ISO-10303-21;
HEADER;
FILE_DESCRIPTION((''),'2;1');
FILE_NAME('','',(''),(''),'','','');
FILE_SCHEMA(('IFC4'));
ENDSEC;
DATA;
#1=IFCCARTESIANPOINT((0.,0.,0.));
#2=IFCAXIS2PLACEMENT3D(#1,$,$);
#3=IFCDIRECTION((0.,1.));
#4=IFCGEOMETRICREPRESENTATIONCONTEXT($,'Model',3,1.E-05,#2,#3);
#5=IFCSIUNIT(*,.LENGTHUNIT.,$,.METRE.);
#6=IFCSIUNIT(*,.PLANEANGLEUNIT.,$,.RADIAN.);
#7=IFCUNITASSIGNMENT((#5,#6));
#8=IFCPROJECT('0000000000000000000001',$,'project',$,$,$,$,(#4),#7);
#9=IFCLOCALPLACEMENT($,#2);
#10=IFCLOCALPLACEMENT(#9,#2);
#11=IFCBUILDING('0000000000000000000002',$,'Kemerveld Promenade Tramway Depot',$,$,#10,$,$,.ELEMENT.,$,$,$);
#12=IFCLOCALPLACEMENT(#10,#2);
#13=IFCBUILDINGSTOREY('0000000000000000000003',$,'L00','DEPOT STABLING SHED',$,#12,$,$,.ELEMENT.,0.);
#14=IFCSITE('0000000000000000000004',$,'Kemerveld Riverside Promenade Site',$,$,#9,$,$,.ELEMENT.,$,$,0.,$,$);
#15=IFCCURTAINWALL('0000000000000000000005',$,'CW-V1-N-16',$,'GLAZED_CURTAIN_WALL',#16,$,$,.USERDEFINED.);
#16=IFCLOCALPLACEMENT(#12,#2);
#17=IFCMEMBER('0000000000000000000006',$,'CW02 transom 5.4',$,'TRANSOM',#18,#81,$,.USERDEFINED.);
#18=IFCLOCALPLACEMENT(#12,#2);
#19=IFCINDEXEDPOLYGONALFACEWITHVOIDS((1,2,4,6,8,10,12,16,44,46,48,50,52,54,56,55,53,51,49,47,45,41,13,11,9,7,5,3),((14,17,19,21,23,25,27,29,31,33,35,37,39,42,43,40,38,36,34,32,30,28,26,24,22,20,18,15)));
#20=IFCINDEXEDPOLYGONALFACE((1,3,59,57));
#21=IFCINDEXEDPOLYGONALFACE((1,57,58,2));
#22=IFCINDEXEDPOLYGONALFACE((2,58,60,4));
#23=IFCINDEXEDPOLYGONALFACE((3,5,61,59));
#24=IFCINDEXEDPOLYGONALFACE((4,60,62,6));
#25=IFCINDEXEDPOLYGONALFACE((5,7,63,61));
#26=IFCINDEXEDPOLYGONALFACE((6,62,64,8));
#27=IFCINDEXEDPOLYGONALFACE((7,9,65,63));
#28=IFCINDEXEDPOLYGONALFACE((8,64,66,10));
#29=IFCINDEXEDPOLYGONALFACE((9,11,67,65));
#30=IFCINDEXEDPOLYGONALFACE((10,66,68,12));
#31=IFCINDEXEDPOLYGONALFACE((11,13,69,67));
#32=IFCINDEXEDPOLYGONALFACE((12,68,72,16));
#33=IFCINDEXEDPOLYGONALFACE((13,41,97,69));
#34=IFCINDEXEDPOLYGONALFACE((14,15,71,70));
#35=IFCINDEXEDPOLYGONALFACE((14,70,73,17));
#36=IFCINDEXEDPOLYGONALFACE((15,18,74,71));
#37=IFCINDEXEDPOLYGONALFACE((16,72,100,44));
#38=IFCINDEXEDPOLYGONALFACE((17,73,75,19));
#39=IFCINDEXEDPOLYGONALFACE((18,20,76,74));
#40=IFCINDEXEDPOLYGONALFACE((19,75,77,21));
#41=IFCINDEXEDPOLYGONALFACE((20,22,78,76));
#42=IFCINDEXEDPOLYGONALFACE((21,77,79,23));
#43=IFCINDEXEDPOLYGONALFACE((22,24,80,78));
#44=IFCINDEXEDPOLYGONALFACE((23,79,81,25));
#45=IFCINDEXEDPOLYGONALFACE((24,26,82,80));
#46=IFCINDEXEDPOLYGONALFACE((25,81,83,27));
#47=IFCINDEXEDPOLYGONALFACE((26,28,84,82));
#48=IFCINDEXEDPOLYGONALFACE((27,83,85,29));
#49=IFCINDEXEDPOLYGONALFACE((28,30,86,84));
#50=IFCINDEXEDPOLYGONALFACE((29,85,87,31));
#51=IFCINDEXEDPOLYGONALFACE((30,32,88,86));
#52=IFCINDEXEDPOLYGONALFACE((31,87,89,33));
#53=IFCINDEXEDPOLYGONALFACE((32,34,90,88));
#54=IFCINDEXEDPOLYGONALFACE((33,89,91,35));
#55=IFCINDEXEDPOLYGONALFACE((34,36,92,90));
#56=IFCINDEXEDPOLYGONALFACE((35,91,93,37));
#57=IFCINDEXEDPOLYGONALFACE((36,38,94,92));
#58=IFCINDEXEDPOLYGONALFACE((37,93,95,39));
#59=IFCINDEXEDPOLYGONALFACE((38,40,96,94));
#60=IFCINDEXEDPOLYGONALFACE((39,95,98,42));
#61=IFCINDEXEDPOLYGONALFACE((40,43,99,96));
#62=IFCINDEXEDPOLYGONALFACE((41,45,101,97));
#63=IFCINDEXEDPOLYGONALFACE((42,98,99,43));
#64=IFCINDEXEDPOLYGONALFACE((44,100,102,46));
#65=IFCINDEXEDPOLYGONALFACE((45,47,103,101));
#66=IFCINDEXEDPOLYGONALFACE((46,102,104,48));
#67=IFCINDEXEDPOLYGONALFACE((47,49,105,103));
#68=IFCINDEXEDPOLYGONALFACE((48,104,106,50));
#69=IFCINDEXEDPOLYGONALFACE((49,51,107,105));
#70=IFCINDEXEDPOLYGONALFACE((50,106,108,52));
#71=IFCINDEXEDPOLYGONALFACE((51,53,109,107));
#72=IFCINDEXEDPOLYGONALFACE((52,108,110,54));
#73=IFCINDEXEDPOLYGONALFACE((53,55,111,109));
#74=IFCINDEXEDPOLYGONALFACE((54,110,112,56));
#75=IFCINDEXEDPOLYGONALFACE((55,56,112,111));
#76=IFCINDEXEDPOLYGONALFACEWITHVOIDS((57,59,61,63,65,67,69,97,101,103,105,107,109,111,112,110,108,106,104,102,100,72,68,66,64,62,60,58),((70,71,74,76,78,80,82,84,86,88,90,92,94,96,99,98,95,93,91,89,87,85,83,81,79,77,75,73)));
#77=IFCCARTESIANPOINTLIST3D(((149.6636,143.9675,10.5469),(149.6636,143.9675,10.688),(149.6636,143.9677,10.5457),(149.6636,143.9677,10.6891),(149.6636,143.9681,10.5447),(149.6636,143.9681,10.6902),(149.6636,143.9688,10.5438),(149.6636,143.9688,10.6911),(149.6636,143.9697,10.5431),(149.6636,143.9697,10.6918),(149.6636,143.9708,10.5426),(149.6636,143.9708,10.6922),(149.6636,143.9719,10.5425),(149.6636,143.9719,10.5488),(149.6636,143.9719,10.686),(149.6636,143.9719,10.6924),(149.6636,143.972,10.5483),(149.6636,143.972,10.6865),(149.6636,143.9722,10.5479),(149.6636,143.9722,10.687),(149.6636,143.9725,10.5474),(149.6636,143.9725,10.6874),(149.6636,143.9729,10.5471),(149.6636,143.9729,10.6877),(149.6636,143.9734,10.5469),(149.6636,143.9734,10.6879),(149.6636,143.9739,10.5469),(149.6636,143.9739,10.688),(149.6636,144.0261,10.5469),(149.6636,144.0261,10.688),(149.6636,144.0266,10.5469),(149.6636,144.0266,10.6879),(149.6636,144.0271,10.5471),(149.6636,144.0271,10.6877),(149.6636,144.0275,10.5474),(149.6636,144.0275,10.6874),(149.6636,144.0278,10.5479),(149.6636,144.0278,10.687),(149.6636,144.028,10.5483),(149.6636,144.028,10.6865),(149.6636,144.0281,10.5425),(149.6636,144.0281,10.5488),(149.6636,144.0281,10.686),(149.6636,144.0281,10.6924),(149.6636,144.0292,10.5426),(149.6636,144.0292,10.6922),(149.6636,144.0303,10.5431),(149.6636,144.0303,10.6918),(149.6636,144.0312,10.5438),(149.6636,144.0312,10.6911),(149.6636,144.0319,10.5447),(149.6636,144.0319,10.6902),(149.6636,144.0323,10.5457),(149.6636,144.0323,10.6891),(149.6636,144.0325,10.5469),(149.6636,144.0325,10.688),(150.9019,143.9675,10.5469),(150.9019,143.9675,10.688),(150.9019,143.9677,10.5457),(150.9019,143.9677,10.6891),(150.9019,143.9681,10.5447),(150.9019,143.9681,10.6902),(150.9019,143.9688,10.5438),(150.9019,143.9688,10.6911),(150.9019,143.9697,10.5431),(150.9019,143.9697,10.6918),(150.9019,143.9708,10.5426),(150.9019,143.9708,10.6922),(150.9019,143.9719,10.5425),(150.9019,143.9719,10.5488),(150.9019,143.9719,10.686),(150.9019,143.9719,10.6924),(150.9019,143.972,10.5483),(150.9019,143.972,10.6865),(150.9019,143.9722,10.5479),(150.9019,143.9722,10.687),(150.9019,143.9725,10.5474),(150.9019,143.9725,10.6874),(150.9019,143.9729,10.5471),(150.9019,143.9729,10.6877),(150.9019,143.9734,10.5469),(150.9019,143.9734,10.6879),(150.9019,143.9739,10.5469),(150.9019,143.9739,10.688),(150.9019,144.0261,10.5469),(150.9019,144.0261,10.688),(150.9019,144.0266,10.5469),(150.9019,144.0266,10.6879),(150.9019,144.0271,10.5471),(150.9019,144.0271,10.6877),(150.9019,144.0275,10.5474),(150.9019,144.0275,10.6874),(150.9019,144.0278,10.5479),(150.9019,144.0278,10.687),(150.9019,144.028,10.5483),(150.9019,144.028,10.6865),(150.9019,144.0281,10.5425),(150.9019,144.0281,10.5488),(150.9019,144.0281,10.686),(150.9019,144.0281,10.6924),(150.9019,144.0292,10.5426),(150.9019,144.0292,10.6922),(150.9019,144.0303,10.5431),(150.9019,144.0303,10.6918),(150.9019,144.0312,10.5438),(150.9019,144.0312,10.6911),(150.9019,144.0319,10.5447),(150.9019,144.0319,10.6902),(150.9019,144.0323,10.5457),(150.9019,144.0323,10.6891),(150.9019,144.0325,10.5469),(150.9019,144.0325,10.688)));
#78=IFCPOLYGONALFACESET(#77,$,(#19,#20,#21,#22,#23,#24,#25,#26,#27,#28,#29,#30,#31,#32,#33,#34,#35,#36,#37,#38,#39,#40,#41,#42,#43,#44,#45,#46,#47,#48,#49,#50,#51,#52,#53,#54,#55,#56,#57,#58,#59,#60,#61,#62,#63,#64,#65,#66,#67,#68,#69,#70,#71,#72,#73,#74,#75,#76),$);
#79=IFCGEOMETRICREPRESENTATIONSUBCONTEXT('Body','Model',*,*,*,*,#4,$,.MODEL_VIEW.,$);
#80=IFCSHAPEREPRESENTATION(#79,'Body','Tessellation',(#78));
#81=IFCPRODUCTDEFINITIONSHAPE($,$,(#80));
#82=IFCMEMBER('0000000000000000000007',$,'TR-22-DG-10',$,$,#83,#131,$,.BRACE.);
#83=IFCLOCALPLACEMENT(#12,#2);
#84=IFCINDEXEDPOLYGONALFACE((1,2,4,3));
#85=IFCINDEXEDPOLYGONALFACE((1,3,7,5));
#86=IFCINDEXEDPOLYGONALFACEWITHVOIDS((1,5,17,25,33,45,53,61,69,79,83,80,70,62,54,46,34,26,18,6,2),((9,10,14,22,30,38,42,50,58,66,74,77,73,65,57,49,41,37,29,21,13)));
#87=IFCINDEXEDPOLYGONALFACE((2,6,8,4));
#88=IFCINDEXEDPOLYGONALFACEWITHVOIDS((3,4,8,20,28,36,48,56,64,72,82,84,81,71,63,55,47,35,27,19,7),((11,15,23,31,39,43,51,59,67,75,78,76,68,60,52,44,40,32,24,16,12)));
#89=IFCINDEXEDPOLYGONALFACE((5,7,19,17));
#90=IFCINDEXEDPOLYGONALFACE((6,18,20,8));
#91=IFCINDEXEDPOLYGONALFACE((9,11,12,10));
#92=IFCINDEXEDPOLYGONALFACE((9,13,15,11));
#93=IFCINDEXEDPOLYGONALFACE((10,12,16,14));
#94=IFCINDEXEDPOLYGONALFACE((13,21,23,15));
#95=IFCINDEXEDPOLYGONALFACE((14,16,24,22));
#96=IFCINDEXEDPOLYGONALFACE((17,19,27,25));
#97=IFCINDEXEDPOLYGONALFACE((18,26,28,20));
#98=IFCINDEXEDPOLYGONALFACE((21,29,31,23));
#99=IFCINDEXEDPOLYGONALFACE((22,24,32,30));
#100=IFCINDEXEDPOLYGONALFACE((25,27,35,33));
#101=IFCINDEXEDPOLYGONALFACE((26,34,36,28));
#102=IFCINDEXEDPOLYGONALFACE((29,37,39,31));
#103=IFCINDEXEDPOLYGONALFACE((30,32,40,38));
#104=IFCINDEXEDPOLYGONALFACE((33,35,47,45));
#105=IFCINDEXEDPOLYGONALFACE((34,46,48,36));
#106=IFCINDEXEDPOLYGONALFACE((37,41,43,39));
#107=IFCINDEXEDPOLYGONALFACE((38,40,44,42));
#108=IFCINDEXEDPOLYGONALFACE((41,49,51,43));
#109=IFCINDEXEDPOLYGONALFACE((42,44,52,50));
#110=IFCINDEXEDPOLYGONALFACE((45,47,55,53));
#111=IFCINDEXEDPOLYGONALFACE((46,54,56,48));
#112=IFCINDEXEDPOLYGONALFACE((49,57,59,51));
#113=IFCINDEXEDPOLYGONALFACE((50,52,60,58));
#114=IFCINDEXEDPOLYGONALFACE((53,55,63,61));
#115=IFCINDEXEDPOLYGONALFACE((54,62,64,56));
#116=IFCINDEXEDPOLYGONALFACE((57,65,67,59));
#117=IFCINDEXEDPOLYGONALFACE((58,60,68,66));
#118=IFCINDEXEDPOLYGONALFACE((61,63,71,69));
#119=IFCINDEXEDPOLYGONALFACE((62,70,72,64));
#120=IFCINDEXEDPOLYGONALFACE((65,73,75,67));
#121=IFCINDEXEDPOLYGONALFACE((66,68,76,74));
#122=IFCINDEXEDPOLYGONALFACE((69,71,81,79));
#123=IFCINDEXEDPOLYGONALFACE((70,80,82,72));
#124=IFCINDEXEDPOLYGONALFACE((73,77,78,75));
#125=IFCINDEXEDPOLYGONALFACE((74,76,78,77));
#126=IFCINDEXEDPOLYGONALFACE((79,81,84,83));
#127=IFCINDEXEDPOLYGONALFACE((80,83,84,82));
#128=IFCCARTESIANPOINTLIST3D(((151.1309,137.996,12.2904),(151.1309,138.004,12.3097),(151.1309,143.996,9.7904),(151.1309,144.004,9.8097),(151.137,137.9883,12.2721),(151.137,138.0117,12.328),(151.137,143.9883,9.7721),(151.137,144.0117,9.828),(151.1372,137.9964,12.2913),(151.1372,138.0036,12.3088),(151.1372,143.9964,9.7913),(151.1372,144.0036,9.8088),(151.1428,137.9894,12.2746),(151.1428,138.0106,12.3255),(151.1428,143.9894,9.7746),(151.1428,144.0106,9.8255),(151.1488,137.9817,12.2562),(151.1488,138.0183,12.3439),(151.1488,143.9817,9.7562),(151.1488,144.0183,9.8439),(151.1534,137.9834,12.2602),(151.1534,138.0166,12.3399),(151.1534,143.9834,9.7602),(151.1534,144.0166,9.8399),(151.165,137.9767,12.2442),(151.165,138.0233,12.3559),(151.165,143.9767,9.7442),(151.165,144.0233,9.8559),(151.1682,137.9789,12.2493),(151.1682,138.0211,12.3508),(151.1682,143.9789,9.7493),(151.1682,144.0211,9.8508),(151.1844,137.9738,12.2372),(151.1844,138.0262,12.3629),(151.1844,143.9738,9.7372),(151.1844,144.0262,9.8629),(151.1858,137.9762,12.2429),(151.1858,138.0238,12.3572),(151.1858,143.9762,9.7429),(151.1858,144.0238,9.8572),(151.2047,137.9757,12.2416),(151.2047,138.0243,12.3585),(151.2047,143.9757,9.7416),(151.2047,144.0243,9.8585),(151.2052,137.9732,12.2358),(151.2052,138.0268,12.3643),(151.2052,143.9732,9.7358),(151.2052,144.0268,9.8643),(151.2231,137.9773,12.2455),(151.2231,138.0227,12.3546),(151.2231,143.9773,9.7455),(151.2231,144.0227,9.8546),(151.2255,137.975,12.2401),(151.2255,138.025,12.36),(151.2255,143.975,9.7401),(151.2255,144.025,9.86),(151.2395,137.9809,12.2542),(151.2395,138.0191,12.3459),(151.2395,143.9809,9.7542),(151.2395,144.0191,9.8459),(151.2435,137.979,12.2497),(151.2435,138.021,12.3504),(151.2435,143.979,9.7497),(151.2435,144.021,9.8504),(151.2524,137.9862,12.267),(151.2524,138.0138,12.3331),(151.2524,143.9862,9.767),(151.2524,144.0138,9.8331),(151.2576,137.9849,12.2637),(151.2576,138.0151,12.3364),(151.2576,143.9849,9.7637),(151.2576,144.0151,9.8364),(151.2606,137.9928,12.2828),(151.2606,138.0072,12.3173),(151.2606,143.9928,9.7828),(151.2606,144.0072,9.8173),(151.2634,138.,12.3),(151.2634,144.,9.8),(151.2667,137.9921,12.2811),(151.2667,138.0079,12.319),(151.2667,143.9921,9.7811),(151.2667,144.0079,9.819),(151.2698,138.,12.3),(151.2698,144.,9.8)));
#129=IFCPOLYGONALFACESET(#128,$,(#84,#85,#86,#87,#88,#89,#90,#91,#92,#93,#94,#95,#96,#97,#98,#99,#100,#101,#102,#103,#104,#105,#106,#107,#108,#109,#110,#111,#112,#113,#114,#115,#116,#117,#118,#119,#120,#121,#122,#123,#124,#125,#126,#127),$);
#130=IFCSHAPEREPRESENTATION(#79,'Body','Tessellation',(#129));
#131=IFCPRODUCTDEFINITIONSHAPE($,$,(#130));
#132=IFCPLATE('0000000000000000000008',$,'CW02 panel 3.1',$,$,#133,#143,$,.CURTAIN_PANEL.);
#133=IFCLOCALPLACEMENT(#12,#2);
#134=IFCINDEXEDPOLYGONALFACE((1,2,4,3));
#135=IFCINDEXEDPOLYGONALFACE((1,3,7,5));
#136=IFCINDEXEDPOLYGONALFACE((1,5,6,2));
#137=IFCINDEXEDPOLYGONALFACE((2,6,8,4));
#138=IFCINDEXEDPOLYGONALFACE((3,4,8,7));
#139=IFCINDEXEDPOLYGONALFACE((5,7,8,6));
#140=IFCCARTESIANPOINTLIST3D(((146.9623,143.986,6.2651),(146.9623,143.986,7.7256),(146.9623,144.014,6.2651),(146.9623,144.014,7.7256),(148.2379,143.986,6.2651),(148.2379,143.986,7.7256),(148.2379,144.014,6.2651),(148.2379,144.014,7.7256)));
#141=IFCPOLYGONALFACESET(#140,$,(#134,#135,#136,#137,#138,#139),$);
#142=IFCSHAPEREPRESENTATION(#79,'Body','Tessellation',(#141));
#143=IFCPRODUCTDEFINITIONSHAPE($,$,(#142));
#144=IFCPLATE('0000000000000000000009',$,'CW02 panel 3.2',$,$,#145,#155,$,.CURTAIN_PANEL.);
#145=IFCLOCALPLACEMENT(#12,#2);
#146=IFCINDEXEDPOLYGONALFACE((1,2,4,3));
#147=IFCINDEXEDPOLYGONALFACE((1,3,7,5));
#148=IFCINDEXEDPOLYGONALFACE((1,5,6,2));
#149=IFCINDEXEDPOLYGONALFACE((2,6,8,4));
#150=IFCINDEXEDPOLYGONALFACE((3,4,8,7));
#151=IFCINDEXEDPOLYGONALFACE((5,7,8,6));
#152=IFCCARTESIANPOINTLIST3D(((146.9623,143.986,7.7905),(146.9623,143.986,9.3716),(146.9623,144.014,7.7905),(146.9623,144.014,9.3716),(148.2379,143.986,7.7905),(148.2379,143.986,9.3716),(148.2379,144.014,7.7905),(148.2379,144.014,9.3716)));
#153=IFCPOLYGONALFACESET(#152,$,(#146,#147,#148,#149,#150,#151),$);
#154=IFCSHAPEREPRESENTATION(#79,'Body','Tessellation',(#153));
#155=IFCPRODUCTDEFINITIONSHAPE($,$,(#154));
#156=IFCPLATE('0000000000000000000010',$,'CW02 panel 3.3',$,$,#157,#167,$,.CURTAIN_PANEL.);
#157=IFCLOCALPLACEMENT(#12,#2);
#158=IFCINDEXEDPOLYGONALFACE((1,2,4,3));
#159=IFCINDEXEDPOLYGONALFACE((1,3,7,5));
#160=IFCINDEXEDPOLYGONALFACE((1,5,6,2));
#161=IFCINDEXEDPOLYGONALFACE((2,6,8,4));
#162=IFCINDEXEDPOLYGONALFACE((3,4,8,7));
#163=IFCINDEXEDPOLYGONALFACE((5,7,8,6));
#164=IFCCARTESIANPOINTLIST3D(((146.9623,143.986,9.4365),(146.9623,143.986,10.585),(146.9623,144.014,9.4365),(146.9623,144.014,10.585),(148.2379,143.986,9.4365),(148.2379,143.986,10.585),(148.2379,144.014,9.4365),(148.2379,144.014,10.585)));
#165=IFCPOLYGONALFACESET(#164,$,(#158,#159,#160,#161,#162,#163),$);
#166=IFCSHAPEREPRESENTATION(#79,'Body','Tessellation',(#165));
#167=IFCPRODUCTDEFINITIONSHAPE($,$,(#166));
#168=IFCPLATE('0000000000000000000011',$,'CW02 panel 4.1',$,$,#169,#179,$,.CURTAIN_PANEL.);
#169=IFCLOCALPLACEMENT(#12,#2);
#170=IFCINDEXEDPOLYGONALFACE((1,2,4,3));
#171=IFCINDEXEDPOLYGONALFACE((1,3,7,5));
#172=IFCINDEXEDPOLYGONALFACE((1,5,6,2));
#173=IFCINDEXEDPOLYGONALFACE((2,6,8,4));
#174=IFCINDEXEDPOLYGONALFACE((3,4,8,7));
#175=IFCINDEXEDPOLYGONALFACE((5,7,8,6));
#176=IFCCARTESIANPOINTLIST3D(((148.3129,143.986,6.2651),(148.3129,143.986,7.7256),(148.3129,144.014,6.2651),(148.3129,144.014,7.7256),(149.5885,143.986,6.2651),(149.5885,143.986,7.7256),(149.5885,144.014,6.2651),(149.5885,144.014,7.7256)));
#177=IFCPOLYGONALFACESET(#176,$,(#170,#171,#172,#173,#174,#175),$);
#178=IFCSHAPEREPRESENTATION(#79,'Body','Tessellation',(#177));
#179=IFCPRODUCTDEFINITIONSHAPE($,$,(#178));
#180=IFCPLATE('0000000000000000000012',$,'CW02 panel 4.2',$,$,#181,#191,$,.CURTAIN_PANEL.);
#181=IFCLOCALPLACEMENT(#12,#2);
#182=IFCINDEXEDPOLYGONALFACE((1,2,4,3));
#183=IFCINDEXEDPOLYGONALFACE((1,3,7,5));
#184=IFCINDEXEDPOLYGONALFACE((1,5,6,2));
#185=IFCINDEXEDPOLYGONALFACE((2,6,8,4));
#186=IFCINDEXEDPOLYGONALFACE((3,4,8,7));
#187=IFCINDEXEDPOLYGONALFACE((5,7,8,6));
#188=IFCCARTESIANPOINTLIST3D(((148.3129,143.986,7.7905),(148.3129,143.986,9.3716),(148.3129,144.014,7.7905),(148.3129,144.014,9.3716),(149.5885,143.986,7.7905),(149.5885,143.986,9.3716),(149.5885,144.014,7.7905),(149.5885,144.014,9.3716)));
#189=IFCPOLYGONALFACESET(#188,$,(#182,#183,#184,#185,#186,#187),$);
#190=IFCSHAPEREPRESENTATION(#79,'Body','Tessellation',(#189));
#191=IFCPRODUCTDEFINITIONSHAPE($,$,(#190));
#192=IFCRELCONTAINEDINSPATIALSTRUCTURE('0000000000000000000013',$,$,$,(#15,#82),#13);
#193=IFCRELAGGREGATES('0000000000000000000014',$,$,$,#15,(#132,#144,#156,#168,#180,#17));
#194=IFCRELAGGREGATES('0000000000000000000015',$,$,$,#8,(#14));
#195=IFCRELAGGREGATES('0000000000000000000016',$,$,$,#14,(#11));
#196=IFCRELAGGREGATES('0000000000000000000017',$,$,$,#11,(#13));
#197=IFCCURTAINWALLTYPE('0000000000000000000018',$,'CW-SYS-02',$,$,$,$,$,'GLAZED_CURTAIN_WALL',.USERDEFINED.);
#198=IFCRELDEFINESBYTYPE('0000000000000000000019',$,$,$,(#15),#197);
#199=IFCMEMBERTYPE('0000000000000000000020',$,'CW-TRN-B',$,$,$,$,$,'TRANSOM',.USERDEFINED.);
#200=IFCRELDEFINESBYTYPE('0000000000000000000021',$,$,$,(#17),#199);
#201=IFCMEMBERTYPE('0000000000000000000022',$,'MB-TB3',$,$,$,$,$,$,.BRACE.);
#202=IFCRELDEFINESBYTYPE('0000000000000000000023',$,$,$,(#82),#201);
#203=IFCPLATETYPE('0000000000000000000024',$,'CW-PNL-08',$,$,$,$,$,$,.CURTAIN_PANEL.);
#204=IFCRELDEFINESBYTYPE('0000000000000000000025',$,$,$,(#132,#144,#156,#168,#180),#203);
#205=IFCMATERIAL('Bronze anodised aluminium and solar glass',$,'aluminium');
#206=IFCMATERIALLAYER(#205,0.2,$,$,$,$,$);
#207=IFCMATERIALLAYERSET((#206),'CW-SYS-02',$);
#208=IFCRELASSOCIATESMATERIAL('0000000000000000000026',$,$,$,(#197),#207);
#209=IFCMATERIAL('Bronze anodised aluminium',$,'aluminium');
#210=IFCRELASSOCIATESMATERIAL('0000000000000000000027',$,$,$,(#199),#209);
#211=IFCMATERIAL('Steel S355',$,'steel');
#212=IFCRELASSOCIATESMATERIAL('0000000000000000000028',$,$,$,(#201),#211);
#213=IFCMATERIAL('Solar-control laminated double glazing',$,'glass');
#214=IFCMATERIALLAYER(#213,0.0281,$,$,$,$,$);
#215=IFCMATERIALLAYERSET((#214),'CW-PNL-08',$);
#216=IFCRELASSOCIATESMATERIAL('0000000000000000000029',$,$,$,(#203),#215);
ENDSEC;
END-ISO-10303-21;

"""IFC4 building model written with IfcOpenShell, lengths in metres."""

from ifc_helpers import new_model, si_unit, direction, frame, origin, origin_2d, place, context, subcontext, project, spatial, rectangle, hollow_rectangle, hollow_circle, extrude, material, layer, layer_set, material_profile, profile_set, type_object, element, aggregate, save


model = new_model("IFC4")

# Units and contexts
model_context = context("Model", 3, precision=1e-05, world=origin(), true_north=direction((0.0, 1.0)))
body_context = subcontext(model_context, "Body", "Model", "MODEL_VIEW")
ifc_project = project(units=[si_unit("LENGTHUNIT", "METRE"), si_unit("PLANEANGLEUNIT", "RADIAN")], contexts=[model_context])

# Site, building, storey
site_placement = place(None, origin())
site = spatial("IfcSite", under=ifc_project, at=site_placement, Name="Kemerveld Riverside Promenade Site", CompositionType="ELEMENT", RefElevation=0.0)
building_placement = place(site_placement, origin())
building = spatial("IfcBuilding", under=site, at=building_placement, Name="Kemerveld Promenade Tramway Depot", CompositionType="ELEMENT")
storey_placement = place(building_placement, origin())
storey = spatial("IfcBuildingStorey", under=building, at=storey_placement, Name="L00", Description="DEPOT STABLING SHED", CompositionType="ELEMENT", Elevation=0.0)

# Shared definitions
ifc_material_1 = material(Name="Steel S355", Category="steel")

# Curtain wall, member
ifc_material_2 = material(Name="Bronze anodised aluminium and solar glass", Category="aluminium")
ifc_layer_1 = layer(ifc_material_2, 0.2)
ifc_layer_set_1 = layer_set([ifc_layer_1], Name="CW-SYS-02")
curtain_wall_type = type_object("IfcCurtainWallType", Name="CW-SYS-02", ElementType="GLAZED_CURTAIN_WALL", PredefinedType="USERDEFINED", material=ifc_layer_set_1)
curtain_wall_placement = place(storey_placement, origin())
curtain_wall = element("IfcCurtainWall", 1, at=curtain_wall_placement, inside=storey, type_object=curtain_wall_type, Name="CW-V1-N-16", ObjectType="GLAZED_CURTAIN_WALL", PredefinedType="USERDEFINED")
ifc_material_3 = material(Name="Bronze anodised aluminium", Category="aluminium")
ifc_material_profile_1 = material_profile(ifc_material_3, hollow_rectangle(XDim=0.0649, YDim=0.1499, WallThickness=0.0044, InnerFilletRadius=0.002, OuterFilletRadius=0.0044, at=origin_2d()), Name="CW-TRN-150x65")
ifc_profile_set_1 = profile_set([ifc_material_profile_1], Name="Bronze anodised aluminium")
member_type_1 = type_object("IfcMemberType", Name="CW-TRN-B", ElementType="TRANSOM", PredefinedType="USERDEFINED", material=ifc_profile_set_1)
member_1_placement = place(storey_placement, frame((149.6636, 144.0, 10.6174), z_axis=(1.0, 0.0, 0.0), x_axis=(0.0, 1.0, 0.0)))
member_1 = element("IfcMember", 2, at=member_1_placement, type_object=member_type_1, Name="CW02 transom 5.4", ObjectType="TRANSOM", PredefinedType="USERDEFINED", context=body_context, shape_type="SweptSolid", body=[
    extrude(hollow_rectangle(XDim=0.0649, YDim=0.1499, WallThickness=0.0044, InnerFilletRadius=0.002, OuterFilletRadius=0.0044, at=origin_2d()), origin(), (0.0, 0.0, 1.0), 1.2383),
])

# Member
ifc_material_profile_2 = material_profile(ifc_material_1, hollow_circle(Radius=0.0698, WallThickness=0.0063, at=origin_2d()), Name="139.7x6.3 CHS")
ifc_profile_set_2 = profile_set([ifc_material_profile_2], Name="Steel S355")
member_type_2 = type_object("IfcMemberType", Name="MB-TB3", PredefinedType="BRACE", material=ifc_profile_set_2)
member_2_placement = place(storey_placement, frame((151.2, 144.0, 9.8), z_axis=(0.0, -0.923077, 0.384615), x_axis=(1.0, 0.0, 0.0)))
element("IfcMember", 3, at=member_2_placement, inside=storey, type_object=member_type_2, Name="TR-22-DG-10", PredefinedType="BRACE", context=body_context, shape_type="SweptSolid", body=[
    extrude(hollow_circle(Radius=0.0698, WallThickness=0.0063, at=origin_2d()), origin(), (0.0, 0.0, 1.0), 6.5),
])

# Plates
ifc_material_4 = material(Name="Solar-control laminated double glazing", Category="glass")
ifc_layer_2 = layer(ifc_material_4, 0.0281)
ifc_layer_set_2 = layer_set([ifc_layer_2], Name="CW-PNL-08")
plate_type_1 = type_object("IfcPlateType", Name="CW-PNL-08", PredefinedType="CURTAIN_PANEL", material=ifc_layer_set_2)
plate_1_placement = place(storey_placement, frame((147.6001, 144.0, 6.2651), z_axis=(0.0, 0.0, 1.0), x_axis=(1.0, 0.0, 0.0)))
plate_1 = element("IfcPlate", 4, at=plate_1_placement, type_object=plate_type_1, Name="CW02 panel 3.1", PredefinedType="CURTAIN_PANEL", context=body_context, shape_type="SweptSolid", body=[
    extrude(rectangle(XDim=1.2756, YDim=0.0281, at=origin_2d()), origin(), (0.0, 0.0, 1.0), 1.4604),
])
plate_2_placement = place(storey_placement, frame((147.6001, 144.0, 7.7905), z_axis=(0.0, 0.0, 1.0), x_axis=(1.0, 0.0, 0.0)))
plate_2 = element("IfcPlate", 5, at=plate_2_placement, type_object=plate_type_1, Name="CW02 panel 3.2", PredefinedType="CURTAIN_PANEL", context=body_context, shape_type="SweptSolid", body=[
    extrude(rectangle(XDim=1.2756, YDim=0.0281, at=origin_2d()), origin(), (0.0, 0.0, 1.0), 1.5811),
])
plate_3_placement = place(storey_placement, frame((147.6001, 144.0, 9.4365), z_axis=(0.0, 0.0, 1.0), x_axis=(1.0, 0.0, 0.0)))
plate_3 = element("IfcPlate", 6, at=plate_3_placement, type_object=plate_type_1, Name="CW02 panel 3.3", PredefinedType="CURTAIN_PANEL", context=body_context, shape_type="SweptSolid", body=[
    extrude(rectangle(XDim=1.2756, YDim=0.0281, at=origin_2d()), origin(), (0.0, 0.0, 1.0), 1.1484),
])
plate_4_placement = place(storey_placement, frame((148.9507, 144.0, 6.2651), z_axis=(0.0, 0.0, 1.0), x_axis=(1.0, 0.0, 0.0)))
plate_4 = element("IfcPlate", 7, at=plate_4_placement, type_object=plate_type_1, Name="CW02 panel 4.1", PredefinedType="CURTAIN_PANEL", context=body_context, shape_type="SweptSolid", body=[
    extrude(rectangle(XDim=1.2756, YDim=0.0281, at=origin_2d()), origin(), (0.0, 0.0, 1.0), 1.4604),
])
plate_5_placement = place(storey_placement, frame((148.9507, 144.0, 7.7905), z_axis=(0.0, 0.0, 1.0), x_axis=(1.0, 0.0, 0.0)))
plate_5 = element("IfcPlate", 8, at=plate_5_placement, type_object=plate_type_1, Name="CW02 panel 4.2", PredefinedType="CURTAIN_PANEL", context=body_context, shape_type="SweptSolid", body=[
    extrude(rectangle(XDim=1.2756, YDim=0.0281, at=origin_2d()), origin(), (0.0, 0.0, 1.0), 1.5811),
])
aggregate(curtain_wall, [plate_1, plate_2, plate_3, plate_4, plate_5, member_1])

save(model, "model.ifc")
